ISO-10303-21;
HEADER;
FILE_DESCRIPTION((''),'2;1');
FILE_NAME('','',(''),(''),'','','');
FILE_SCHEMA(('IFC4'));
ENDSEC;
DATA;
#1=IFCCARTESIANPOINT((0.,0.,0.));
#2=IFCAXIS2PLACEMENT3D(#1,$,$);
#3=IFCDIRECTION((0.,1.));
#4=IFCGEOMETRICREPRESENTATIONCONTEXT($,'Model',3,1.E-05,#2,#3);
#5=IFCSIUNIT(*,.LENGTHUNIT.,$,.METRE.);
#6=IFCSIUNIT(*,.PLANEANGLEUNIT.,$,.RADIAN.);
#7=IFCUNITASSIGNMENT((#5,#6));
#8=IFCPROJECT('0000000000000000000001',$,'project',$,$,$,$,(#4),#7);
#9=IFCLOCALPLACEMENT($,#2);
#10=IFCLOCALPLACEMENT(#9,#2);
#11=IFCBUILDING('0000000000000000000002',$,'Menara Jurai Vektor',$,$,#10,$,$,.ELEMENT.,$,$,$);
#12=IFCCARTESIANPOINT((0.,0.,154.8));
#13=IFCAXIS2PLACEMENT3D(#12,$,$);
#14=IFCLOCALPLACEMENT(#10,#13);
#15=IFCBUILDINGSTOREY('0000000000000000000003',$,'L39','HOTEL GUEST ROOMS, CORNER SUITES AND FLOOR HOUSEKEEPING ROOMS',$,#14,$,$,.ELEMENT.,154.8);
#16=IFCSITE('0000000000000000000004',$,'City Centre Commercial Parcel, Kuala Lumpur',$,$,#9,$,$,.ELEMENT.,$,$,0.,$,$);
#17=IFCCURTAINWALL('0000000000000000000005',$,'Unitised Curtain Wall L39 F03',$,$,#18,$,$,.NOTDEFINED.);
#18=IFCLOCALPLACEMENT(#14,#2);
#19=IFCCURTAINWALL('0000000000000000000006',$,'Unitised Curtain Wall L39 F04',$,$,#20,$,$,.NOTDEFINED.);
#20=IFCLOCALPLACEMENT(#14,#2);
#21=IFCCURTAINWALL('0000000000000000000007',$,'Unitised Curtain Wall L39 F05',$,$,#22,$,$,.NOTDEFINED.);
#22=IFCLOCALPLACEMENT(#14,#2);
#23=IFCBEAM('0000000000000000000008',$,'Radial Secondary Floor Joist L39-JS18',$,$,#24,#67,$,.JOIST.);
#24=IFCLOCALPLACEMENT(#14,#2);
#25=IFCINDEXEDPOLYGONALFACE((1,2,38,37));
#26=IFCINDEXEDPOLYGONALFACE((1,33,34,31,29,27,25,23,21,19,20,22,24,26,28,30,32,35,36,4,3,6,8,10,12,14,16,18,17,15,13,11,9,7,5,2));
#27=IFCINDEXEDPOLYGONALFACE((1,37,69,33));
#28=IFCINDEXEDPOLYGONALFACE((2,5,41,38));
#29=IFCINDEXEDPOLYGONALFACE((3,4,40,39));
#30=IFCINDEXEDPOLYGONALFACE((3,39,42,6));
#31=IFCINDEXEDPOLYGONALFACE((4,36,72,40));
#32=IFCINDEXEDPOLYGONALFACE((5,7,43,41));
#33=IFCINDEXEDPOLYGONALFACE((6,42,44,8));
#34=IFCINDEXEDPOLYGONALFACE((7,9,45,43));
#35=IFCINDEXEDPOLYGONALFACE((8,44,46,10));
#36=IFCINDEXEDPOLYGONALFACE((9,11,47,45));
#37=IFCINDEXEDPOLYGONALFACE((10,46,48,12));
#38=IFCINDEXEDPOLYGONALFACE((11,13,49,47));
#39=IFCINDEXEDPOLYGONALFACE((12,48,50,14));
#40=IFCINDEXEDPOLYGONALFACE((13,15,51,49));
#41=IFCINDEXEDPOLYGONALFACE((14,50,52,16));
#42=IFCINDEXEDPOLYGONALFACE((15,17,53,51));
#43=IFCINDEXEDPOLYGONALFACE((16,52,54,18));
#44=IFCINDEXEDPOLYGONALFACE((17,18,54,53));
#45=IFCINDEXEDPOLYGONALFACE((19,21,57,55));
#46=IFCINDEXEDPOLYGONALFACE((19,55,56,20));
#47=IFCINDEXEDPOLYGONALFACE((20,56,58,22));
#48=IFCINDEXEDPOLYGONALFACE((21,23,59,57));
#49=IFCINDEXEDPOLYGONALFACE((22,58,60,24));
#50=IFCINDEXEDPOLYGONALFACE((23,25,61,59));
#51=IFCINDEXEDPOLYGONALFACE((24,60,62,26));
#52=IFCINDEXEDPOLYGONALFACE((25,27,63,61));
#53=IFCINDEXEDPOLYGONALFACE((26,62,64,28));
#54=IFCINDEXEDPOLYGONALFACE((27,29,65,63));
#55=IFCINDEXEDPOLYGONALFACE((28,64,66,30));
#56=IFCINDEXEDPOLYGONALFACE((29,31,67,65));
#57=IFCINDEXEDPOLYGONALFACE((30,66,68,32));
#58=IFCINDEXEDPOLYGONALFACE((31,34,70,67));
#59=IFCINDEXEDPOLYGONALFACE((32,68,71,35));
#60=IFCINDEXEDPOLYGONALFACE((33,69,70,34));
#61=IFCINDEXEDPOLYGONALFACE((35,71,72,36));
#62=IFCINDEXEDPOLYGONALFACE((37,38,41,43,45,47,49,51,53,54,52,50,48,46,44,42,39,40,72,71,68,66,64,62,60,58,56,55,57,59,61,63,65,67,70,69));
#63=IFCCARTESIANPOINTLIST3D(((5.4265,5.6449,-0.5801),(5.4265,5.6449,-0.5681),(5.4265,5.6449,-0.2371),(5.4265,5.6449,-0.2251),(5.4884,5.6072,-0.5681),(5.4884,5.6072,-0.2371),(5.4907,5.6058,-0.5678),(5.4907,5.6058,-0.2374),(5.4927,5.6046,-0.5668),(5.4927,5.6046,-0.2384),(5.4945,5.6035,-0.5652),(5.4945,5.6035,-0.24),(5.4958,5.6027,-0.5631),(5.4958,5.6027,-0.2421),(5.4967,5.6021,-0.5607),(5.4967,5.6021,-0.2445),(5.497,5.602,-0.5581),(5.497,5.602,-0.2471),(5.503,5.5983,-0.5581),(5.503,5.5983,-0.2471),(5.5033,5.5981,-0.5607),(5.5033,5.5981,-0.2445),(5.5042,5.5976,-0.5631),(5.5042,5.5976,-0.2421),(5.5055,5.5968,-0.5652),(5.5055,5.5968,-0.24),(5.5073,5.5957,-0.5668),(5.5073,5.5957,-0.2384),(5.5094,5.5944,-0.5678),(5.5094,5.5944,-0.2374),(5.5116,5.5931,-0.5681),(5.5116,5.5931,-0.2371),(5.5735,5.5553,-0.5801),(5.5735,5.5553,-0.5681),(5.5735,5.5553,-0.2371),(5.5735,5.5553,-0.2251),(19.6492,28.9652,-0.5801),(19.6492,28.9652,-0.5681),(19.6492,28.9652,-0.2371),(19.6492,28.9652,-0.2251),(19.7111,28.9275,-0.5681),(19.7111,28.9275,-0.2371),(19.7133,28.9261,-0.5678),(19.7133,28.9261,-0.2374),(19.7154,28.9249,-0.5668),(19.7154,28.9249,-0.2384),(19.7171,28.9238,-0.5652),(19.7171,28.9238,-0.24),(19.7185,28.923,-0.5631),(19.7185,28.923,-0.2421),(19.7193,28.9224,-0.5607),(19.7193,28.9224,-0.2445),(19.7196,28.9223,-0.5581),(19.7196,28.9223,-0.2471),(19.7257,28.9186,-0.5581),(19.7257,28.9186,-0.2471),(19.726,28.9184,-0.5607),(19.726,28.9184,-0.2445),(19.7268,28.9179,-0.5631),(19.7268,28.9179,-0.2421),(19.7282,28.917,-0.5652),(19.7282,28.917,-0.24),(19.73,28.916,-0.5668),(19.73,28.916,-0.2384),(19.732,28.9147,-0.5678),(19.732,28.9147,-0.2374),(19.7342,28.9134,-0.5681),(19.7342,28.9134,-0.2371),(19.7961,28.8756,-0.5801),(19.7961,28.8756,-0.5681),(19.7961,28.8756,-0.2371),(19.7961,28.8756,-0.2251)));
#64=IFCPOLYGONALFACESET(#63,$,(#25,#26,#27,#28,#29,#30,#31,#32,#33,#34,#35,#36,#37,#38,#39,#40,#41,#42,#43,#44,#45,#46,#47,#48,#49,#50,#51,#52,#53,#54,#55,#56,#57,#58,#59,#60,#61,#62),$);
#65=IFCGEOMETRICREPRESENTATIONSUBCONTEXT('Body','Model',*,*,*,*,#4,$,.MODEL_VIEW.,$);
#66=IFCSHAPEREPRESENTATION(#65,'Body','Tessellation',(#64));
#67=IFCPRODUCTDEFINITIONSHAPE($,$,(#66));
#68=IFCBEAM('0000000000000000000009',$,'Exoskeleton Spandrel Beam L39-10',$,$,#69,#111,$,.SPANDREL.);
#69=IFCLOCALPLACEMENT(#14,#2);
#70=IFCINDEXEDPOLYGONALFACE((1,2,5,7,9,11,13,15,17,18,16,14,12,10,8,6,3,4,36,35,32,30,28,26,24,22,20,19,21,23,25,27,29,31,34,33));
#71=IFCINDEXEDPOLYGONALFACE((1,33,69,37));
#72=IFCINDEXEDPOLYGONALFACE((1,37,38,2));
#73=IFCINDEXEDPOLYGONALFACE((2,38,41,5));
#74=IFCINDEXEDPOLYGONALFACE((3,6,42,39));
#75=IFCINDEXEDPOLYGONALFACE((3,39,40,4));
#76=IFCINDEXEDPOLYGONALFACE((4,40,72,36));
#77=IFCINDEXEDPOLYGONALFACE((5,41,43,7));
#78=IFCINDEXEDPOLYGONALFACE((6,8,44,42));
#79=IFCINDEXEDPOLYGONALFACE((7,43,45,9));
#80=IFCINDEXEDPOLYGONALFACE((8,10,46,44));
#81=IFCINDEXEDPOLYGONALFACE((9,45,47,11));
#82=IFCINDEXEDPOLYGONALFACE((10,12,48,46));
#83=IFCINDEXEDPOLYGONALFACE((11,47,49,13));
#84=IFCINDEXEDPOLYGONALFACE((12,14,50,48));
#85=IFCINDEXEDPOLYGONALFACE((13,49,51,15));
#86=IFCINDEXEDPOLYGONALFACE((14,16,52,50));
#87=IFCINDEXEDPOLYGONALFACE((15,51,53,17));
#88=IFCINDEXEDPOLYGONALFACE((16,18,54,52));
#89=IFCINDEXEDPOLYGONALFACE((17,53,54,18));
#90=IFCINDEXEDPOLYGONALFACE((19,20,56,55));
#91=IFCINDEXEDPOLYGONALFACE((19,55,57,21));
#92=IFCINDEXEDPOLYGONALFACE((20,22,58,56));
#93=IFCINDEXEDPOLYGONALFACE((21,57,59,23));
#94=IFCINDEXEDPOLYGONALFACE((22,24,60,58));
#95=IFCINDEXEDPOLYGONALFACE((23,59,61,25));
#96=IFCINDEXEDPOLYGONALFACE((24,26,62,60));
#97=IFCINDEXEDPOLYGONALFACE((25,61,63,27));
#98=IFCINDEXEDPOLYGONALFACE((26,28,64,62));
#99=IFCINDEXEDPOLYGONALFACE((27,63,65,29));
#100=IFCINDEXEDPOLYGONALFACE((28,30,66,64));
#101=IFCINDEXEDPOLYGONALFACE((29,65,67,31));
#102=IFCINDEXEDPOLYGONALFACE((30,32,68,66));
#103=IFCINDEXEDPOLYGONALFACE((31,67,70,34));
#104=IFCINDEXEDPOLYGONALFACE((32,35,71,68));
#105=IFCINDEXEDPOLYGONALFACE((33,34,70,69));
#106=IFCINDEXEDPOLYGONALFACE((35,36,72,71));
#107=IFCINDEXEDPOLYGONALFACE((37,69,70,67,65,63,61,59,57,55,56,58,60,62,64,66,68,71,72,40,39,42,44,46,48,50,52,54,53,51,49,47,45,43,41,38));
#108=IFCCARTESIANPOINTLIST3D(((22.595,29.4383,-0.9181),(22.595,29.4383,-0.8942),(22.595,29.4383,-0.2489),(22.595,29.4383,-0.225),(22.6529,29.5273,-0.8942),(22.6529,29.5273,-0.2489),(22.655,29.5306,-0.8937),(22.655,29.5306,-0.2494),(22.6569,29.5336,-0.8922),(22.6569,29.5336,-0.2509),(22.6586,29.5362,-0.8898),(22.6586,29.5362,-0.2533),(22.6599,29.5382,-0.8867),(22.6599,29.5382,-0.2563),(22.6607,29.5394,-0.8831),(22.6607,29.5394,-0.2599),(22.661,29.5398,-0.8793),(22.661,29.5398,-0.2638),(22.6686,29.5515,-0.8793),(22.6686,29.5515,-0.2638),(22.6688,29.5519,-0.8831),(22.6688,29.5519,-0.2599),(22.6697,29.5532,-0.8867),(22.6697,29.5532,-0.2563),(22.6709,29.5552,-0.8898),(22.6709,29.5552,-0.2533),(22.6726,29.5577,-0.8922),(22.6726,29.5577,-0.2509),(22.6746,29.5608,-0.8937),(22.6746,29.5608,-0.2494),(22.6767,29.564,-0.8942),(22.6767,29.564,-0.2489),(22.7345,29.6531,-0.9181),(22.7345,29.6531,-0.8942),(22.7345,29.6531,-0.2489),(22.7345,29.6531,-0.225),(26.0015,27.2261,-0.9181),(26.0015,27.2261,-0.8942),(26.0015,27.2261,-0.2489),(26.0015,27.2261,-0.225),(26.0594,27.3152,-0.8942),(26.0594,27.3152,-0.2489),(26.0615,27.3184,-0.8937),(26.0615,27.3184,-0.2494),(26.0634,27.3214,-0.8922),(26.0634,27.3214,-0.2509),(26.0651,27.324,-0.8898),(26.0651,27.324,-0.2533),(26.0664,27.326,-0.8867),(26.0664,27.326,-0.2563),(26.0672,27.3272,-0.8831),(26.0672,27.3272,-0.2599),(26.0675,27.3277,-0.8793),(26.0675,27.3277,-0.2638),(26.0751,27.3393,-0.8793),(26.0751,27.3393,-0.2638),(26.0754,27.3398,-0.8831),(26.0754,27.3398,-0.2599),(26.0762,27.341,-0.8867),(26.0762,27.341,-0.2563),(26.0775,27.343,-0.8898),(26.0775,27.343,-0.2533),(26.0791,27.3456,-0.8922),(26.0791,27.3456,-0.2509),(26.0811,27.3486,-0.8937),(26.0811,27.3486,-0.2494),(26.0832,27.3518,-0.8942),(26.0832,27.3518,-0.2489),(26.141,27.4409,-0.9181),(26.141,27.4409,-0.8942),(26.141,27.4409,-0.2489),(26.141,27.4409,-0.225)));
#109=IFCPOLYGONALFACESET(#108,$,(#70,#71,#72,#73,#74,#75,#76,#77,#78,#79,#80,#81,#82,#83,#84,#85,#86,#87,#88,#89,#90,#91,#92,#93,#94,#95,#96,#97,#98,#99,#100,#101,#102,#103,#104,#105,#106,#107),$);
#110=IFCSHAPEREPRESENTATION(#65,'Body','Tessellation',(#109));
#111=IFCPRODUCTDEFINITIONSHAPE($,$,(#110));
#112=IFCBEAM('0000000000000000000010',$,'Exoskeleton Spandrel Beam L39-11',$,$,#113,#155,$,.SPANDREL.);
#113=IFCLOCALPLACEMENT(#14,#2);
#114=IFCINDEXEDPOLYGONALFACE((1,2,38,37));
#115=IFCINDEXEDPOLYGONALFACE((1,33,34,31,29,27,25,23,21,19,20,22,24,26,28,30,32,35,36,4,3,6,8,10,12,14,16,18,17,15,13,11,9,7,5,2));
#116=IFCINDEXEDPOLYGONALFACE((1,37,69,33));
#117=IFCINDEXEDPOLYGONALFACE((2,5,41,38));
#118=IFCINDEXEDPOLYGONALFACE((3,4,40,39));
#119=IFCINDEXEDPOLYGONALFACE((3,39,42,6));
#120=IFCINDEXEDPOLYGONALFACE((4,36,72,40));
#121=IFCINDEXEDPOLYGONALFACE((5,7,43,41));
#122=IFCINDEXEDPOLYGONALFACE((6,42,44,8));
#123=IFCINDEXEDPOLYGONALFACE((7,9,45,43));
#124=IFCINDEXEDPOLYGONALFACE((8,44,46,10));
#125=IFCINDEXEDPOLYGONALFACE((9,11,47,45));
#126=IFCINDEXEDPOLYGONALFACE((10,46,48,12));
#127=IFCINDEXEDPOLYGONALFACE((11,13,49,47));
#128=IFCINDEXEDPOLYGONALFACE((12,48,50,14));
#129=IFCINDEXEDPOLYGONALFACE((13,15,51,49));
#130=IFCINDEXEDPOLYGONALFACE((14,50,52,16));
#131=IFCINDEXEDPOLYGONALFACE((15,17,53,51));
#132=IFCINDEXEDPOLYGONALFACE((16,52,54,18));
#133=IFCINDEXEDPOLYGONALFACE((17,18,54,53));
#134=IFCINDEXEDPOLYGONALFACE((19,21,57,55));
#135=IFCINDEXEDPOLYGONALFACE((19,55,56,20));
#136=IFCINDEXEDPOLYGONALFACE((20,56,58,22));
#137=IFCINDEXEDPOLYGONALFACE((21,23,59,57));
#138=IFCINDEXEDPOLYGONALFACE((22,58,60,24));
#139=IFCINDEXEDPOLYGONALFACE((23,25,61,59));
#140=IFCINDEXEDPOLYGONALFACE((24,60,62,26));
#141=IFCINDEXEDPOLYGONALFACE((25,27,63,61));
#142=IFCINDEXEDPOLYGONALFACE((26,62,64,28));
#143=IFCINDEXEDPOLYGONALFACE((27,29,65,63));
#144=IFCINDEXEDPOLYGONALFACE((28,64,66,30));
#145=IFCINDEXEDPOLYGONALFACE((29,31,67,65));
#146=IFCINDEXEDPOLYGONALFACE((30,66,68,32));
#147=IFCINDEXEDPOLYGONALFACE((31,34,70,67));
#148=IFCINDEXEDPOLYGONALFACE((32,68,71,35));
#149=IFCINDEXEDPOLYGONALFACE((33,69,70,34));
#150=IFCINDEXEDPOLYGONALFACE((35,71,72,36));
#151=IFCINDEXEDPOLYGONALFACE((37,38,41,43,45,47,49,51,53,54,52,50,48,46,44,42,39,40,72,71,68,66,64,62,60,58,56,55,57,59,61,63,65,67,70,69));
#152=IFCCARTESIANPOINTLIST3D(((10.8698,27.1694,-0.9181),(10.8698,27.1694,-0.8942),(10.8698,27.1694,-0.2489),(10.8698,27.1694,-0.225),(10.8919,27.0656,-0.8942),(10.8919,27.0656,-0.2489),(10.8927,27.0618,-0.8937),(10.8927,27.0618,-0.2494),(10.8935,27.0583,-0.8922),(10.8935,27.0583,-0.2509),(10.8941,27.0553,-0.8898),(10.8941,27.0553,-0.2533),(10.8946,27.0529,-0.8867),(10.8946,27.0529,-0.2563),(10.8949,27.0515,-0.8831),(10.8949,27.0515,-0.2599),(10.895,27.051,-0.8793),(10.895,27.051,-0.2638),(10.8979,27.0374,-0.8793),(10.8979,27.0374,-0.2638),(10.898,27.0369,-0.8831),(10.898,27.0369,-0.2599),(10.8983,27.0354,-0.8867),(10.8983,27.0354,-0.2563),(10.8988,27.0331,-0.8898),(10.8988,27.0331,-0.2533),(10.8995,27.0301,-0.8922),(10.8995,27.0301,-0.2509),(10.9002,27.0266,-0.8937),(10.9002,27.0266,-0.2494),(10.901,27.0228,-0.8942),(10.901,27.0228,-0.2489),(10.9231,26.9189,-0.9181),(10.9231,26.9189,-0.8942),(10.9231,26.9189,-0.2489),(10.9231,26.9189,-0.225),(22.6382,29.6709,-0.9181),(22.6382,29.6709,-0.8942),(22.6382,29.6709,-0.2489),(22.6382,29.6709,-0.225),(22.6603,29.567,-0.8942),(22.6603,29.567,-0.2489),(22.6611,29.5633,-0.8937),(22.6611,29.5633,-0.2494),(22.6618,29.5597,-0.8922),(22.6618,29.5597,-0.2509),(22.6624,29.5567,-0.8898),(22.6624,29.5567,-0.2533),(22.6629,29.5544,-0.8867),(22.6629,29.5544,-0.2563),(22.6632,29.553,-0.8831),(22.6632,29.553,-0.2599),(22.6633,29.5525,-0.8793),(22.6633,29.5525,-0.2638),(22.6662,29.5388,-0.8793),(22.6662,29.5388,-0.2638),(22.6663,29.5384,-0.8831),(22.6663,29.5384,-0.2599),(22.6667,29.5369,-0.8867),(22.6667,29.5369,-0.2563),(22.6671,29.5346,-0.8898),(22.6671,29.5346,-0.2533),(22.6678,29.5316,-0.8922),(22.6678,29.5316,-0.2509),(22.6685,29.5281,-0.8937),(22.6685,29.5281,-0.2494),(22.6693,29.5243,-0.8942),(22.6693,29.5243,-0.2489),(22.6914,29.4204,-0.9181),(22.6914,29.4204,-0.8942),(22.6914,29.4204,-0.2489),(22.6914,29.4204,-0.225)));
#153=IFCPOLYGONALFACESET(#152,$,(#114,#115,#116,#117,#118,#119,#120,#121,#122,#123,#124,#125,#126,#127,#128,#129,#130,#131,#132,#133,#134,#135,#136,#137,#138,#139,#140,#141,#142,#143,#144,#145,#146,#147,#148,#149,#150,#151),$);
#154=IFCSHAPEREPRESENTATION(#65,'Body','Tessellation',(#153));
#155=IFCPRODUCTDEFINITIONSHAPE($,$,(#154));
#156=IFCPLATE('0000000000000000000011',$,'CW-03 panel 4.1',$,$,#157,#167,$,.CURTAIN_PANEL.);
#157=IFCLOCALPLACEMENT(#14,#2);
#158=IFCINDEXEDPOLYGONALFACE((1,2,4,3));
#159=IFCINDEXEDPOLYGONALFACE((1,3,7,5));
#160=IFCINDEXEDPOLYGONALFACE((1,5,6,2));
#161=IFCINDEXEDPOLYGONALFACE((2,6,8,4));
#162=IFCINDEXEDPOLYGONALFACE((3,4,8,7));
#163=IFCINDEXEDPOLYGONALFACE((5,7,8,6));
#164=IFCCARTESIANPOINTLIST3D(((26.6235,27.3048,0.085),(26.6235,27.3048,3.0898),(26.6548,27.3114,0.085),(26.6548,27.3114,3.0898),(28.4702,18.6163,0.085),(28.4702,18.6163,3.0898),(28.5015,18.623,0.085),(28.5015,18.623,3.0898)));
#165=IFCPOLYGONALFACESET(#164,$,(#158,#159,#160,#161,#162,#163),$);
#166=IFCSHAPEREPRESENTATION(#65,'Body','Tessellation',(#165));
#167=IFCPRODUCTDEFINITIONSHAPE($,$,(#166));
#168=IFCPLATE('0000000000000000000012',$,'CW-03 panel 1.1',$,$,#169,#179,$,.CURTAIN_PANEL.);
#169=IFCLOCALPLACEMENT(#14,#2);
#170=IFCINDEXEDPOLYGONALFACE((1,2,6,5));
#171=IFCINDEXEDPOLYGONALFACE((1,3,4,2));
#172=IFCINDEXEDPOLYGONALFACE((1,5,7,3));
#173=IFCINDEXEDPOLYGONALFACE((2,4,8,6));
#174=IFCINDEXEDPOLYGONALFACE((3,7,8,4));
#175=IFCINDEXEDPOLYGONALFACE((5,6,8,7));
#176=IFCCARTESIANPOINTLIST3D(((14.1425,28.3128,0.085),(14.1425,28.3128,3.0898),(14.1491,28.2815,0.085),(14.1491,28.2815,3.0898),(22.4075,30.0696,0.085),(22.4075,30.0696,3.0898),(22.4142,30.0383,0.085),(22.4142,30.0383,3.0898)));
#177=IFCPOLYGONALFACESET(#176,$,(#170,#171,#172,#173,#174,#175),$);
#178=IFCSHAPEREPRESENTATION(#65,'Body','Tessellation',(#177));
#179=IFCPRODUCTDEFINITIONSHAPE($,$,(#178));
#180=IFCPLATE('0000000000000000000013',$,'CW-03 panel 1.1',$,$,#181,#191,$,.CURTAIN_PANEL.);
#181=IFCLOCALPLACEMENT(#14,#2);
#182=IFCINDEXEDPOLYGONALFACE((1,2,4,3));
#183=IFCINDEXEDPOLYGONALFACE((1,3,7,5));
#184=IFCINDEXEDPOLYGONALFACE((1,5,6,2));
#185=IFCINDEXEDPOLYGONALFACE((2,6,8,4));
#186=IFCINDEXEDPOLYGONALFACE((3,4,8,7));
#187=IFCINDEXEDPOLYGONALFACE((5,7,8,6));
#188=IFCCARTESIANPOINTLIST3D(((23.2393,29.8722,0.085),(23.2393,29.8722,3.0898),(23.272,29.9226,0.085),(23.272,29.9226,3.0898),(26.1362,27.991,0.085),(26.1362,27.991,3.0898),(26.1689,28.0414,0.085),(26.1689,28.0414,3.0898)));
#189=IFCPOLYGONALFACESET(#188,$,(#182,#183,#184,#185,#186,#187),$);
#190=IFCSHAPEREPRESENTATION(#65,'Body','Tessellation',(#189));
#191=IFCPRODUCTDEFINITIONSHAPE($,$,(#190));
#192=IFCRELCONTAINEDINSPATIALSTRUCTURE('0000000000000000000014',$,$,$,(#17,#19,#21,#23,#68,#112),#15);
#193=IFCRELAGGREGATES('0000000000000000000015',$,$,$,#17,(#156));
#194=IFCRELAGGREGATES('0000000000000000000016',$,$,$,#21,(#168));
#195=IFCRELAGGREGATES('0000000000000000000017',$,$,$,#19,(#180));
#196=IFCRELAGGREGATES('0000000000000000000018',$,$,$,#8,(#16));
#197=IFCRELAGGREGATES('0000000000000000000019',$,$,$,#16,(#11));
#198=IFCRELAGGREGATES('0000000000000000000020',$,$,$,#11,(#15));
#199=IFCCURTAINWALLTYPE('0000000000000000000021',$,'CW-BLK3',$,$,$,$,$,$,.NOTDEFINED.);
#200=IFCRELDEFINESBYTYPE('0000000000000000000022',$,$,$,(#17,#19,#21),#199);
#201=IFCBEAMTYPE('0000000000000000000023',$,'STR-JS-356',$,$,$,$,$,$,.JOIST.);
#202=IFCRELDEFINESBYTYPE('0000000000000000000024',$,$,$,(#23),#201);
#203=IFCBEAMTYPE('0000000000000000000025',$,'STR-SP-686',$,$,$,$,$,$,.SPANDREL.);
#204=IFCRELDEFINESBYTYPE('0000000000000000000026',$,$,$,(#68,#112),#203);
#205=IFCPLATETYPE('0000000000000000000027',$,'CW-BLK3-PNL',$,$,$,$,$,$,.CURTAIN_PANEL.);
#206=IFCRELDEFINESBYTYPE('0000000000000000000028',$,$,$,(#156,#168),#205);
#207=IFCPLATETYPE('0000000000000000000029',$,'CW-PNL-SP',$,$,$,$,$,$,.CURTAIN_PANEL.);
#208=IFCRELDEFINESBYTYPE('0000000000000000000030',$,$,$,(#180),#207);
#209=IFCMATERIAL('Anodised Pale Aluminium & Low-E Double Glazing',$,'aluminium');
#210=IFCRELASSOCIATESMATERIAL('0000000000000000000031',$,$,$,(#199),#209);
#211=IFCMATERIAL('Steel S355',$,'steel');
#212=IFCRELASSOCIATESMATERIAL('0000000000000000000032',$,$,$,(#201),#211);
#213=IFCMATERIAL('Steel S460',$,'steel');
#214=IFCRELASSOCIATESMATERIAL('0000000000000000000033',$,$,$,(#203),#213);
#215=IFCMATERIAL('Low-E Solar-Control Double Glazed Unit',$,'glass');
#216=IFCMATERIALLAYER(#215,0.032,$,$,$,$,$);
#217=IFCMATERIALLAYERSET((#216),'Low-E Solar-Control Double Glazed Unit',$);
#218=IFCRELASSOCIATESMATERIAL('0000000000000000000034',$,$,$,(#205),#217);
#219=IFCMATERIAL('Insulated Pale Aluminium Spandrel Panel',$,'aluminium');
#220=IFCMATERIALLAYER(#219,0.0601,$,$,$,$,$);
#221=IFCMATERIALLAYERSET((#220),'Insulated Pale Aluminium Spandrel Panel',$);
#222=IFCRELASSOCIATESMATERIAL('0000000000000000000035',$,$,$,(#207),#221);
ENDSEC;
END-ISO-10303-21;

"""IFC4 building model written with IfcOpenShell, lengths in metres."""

from ifc_helpers import new_model, si_unit, direction, frame, origin, origin_2d, place, context, subcontext, project, spatial, rectangle, i_section, extrude, material, layer, layer_set, material_profile, profile_set, type_object, element, aggregate, save


model = new_model("IFC4")

# Units and contexts
model_context = context("Model", 3, precision=1e-05, world=origin(), true_north=direction((0.0, 1.0)))
body_context = subcontext(model_context, "Body", "Model", "MODEL_VIEW")
ifc_project = project(units=[si_unit("LENGTHUNIT", "METRE"), si_unit("PLANEANGLEUNIT", "RADIAN")], contexts=[model_context])

# Site, building, storey
site_placement = place(None, origin())
site = spatial("IfcSite", under=ifc_project, at=site_placement, Name="City Centre Commercial Parcel, Kuala Lumpur", CompositionType="ELEMENT", RefElevation=0.0)
building_placement = place(site_placement, origin())
building = spatial("IfcBuilding", under=site, at=building_placement, Name="Menara Jurai Vektor", CompositionType="ELEMENT")
storey_placement = place(building_placement, frame((0.0, 0.0, 154.8)))
storey = spatial("IfcBuildingStorey", under=building, at=storey_placement, Name="L39", Description="HOTEL GUEST ROOMS, CORNER SUITES AND FLOOR HOUSEKEEPING ROOMS", CompositionType="ELEMENT", Elevation=154.8)

# Shared definitions
ifc_material_1 = material(Name="Steel S460", Category="steel")

# Curtain walls
ifc_material_2 = material(Name="Anodised Pale Aluminium & Low-E Double Glazing", Category="aluminium")
curtain_wall_type = type_object("IfcCurtainWallType", Name="CW-BLK3", PredefinedType="NOTDEFINED", material=ifc_material_2)
curtain_wall_1_placement = place(storey_placement, origin())
curtain_wall_1 = element("IfcCurtainWall", 1, at=curtain_wall_1_placement, inside=storey, type_object=curtain_wall_type, Name="Unitised Curtain Wall L39 F03", PredefinedType="NOTDEFINED")
curtain_wall_2_placement = place(storey_placement, origin())
curtain_wall_2 = element("IfcCurtainWall", 2, at=curtain_wall_2_placement, inside=storey, type_object=curtain_wall_type, Name="Unitised Curtain Wall L39 F04", PredefinedType="NOTDEFINED")

# Curtain wall
curtain_wall_3_placement = place(storey_placement, origin())
curtain_wall_3 = element("IfcCurtainWall", 3, at=curtain_wall_3_placement, inside=storey, type_object=curtain_wall_type, Name="Unitised Curtain Wall L39 F05", PredefinedType="NOTDEFINED")

# Shared definitions
ifc_material_3 = material(Name="Steel S355", Category="steel")

# Beams
ifc_material_profile_1 = material_profile(ifc_material_3, i_section(OverallWidth=0.1721, OverallDepth=0.355, WebThickness=0.0071, FlangeThickness=0.012, FilletRadius=0.01, at=origin_2d()), Name="UKB 356x171x51")
ifc_profile_set_1 = profile_set([ifc_material_profile_1], Name="Steel S355")
beam_type_1 = type_object("IfcBeamType", Name="STR-JS-356", PredefinedType="JOIST", material=ifc_profile_set_1)
beam_1_placement = place(storey_placement, frame((19.7227, 28.9204, -0.4026), z_axis=(-0.520686, -0.853748, 0.0), x_axis=(0.853748, -0.520686, 0.0)))
element("IfcBeam", 4, at=beam_1_placement, inside=storey, type_object=beam_type_1, Name="Radial Secondary Floor Joist L39-JS18", PredefinedType="JOIST", context=body_context, shape_type="SweptSolid", body=[
    extrude(i_section(OverallWidth=0.1721, OverallDepth=0.355, WebThickness=0.0071, FlangeThickness=0.012, FilletRadius=0.01, at=origin_2d()), origin(), (0.0, 0.0, 1.0), 27.3152),
])
ifc_material_profile_2 = material_profile(ifc_material_1, i_section(OverallWidth=0.2561, OverallDepth=0.6931, WebThickness=0.0139, FlangeThickness=0.0239, FilletRadius=0.0149, at=origin_2d()), Name="UKB 686x254x170")
ifc_profile_set_2 = profile_set([ifc_material_profile_2], Name="Steel S460")
beam_type_2 = type_object("IfcBeamType", Name="STR-SP-686", PredefinedType="SPANDREL", material=ifc_profile_set_2)
beam_2_placement = place(storey_placement, frame((26.0713, 27.3335, -0.5715), z_axis=(-0.838676, 0.544631, 0.0), x_axis=(-0.544631, -0.838676, 0.0)))
element("IfcBeam", 5, at=beam_2_placement, inside=storey, type_object=beam_type_2, Name="Exoskeleton Spandrel Beam L39-10", PredefinedType="SPANDREL", context=body_context, shape_type="SweptSolid", body=[
    extrude(i_section(OverallWidth=0.2561, OverallDepth=0.6931, WebThickness=0.0139, FlangeThickness=0.0239, FilletRadius=0.0149, at=origin_2d()), origin(), (0.0, 0.0, 1.0), 4.0618),
])
beam_3_placement = place(storey_placement, frame((22.6648, 29.5457, -0.5715), z_axis=(-0.978147, -0.207914, 0.0), x_axis=(0.207914, -0.978147, 0.0)))
element("IfcBeam", 6, at=beam_3_placement, inside=storey, type_object=beam_type_2, Name="Exoskeleton Spandrel Beam L39-11", PredefinedType="SPANDREL", context=body_context, shape_type="SweptSolid", body=[
    extrude(i_section(OverallWidth=0.2561, OverallDepth=0.6931, WebThickness=0.0139, FlangeThickness=0.0239, FilletRadius=0.0149, at=origin_2d()), origin(), (0.0, 0.0, 1.0), 12.0312),
])

# Plates
ifc_material_4 = material(Name="Low-E Solar-Control Double Glazed Unit", Category="glass")
ifc_layer_1 = layer(ifc_material_4, 0.032)
ifc_layer_set_1 = layer_set([ifc_layer_1], Name="Low-E Solar-Control Double Glazed Unit")
plate_type_1 = type_object("IfcPlateType", Name="CW-BLK3-PNL", PredefinedType="CURTAIN_PANEL", material=ifc_layer_set_1)
plate_1_placement = place(storey_placement, frame((27.5625, 22.9639, 0.085), z_axis=(0.0, 0.0, 1.0), x_axis=(-0.20791, 0.978148, 0.0)))
plate_1 = element("IfcPlate", 7, at=plate_1_placement, type_object=plate_type_1, Name="CW-03 panel 4.1", PredefinedType="CURTAIN_PANEL", context=body_context, shape_type="SweptSolid", body=[
    extrude(rectangle(XDim=8.8826, YDim=0.032, at=origin_2d()), origin(), (0.0, 0.0, 1.0), 3.0049),
])
aggregate(curtain_wall_1, [plate_1])
plate_2_placement = place(storey_placement, frame((18.2783, 29.1755, 0.085), z_axis=(0.0, 0.0, 1.0), x_axis=(-0.978148, -0.207911, 0.0)))
plate_2 = element("IfcPlate", 8, at=plate_2_placement, type_object=plate_type_1, Name="CW-03 panel 1.1", PredefinedType="CURTAIN_PANEL", context=body_context, shape_type="SweptSolid", body=[
    extrude(rectangle(XDim=8.4497, YDim=0.032, at=origin_2d()), origin(), (0.0, 0.0, 1.0), 3.0049),
])
aggregate(curtain_wall_3, [plate_2])
ifc_material_5 = material(Name="Insulated Pale Aluminium Spandrel Panel", Category="aluminium")
ifc_layer_2 = layer(ifc_material_5, 0.0601)
ifc_layer_set_2 = layer_set([ifc_layer_2], Name="Insulated Pale Aluminium Spandrel Panel")
plate_type_2 = type_object("IfcPlateType", Name="CW-PNL-SP", PredefinedType="CURTAIN_PANEL", material=ifc_layer_set_2)
plate_3_placement = place(storey_placement, frame((24.7041, 28.9568, 0.085), z_axis=(0.0, 0.0, 1.0), x_axis=(-0.838684, 0.544618, 0.0)))
plate_3 = element("IfcPlate", 9, at=plate_3_placement, type_object=plate_type_2, Name="CW-03 panel 1.1", PredefinedType="CURTAIN_PANEL", context=body_context, shape_type="SweptSolid", body=[
    extrude(rectangle(XDim=3.4541, YDim=0.0601, at=origin_2d()), origin(), (0.0, 0.0, 1.0), 3.0049),
])
aggregate(curtain_wall_2, [plate_3])

save(model, "model.ifc")
